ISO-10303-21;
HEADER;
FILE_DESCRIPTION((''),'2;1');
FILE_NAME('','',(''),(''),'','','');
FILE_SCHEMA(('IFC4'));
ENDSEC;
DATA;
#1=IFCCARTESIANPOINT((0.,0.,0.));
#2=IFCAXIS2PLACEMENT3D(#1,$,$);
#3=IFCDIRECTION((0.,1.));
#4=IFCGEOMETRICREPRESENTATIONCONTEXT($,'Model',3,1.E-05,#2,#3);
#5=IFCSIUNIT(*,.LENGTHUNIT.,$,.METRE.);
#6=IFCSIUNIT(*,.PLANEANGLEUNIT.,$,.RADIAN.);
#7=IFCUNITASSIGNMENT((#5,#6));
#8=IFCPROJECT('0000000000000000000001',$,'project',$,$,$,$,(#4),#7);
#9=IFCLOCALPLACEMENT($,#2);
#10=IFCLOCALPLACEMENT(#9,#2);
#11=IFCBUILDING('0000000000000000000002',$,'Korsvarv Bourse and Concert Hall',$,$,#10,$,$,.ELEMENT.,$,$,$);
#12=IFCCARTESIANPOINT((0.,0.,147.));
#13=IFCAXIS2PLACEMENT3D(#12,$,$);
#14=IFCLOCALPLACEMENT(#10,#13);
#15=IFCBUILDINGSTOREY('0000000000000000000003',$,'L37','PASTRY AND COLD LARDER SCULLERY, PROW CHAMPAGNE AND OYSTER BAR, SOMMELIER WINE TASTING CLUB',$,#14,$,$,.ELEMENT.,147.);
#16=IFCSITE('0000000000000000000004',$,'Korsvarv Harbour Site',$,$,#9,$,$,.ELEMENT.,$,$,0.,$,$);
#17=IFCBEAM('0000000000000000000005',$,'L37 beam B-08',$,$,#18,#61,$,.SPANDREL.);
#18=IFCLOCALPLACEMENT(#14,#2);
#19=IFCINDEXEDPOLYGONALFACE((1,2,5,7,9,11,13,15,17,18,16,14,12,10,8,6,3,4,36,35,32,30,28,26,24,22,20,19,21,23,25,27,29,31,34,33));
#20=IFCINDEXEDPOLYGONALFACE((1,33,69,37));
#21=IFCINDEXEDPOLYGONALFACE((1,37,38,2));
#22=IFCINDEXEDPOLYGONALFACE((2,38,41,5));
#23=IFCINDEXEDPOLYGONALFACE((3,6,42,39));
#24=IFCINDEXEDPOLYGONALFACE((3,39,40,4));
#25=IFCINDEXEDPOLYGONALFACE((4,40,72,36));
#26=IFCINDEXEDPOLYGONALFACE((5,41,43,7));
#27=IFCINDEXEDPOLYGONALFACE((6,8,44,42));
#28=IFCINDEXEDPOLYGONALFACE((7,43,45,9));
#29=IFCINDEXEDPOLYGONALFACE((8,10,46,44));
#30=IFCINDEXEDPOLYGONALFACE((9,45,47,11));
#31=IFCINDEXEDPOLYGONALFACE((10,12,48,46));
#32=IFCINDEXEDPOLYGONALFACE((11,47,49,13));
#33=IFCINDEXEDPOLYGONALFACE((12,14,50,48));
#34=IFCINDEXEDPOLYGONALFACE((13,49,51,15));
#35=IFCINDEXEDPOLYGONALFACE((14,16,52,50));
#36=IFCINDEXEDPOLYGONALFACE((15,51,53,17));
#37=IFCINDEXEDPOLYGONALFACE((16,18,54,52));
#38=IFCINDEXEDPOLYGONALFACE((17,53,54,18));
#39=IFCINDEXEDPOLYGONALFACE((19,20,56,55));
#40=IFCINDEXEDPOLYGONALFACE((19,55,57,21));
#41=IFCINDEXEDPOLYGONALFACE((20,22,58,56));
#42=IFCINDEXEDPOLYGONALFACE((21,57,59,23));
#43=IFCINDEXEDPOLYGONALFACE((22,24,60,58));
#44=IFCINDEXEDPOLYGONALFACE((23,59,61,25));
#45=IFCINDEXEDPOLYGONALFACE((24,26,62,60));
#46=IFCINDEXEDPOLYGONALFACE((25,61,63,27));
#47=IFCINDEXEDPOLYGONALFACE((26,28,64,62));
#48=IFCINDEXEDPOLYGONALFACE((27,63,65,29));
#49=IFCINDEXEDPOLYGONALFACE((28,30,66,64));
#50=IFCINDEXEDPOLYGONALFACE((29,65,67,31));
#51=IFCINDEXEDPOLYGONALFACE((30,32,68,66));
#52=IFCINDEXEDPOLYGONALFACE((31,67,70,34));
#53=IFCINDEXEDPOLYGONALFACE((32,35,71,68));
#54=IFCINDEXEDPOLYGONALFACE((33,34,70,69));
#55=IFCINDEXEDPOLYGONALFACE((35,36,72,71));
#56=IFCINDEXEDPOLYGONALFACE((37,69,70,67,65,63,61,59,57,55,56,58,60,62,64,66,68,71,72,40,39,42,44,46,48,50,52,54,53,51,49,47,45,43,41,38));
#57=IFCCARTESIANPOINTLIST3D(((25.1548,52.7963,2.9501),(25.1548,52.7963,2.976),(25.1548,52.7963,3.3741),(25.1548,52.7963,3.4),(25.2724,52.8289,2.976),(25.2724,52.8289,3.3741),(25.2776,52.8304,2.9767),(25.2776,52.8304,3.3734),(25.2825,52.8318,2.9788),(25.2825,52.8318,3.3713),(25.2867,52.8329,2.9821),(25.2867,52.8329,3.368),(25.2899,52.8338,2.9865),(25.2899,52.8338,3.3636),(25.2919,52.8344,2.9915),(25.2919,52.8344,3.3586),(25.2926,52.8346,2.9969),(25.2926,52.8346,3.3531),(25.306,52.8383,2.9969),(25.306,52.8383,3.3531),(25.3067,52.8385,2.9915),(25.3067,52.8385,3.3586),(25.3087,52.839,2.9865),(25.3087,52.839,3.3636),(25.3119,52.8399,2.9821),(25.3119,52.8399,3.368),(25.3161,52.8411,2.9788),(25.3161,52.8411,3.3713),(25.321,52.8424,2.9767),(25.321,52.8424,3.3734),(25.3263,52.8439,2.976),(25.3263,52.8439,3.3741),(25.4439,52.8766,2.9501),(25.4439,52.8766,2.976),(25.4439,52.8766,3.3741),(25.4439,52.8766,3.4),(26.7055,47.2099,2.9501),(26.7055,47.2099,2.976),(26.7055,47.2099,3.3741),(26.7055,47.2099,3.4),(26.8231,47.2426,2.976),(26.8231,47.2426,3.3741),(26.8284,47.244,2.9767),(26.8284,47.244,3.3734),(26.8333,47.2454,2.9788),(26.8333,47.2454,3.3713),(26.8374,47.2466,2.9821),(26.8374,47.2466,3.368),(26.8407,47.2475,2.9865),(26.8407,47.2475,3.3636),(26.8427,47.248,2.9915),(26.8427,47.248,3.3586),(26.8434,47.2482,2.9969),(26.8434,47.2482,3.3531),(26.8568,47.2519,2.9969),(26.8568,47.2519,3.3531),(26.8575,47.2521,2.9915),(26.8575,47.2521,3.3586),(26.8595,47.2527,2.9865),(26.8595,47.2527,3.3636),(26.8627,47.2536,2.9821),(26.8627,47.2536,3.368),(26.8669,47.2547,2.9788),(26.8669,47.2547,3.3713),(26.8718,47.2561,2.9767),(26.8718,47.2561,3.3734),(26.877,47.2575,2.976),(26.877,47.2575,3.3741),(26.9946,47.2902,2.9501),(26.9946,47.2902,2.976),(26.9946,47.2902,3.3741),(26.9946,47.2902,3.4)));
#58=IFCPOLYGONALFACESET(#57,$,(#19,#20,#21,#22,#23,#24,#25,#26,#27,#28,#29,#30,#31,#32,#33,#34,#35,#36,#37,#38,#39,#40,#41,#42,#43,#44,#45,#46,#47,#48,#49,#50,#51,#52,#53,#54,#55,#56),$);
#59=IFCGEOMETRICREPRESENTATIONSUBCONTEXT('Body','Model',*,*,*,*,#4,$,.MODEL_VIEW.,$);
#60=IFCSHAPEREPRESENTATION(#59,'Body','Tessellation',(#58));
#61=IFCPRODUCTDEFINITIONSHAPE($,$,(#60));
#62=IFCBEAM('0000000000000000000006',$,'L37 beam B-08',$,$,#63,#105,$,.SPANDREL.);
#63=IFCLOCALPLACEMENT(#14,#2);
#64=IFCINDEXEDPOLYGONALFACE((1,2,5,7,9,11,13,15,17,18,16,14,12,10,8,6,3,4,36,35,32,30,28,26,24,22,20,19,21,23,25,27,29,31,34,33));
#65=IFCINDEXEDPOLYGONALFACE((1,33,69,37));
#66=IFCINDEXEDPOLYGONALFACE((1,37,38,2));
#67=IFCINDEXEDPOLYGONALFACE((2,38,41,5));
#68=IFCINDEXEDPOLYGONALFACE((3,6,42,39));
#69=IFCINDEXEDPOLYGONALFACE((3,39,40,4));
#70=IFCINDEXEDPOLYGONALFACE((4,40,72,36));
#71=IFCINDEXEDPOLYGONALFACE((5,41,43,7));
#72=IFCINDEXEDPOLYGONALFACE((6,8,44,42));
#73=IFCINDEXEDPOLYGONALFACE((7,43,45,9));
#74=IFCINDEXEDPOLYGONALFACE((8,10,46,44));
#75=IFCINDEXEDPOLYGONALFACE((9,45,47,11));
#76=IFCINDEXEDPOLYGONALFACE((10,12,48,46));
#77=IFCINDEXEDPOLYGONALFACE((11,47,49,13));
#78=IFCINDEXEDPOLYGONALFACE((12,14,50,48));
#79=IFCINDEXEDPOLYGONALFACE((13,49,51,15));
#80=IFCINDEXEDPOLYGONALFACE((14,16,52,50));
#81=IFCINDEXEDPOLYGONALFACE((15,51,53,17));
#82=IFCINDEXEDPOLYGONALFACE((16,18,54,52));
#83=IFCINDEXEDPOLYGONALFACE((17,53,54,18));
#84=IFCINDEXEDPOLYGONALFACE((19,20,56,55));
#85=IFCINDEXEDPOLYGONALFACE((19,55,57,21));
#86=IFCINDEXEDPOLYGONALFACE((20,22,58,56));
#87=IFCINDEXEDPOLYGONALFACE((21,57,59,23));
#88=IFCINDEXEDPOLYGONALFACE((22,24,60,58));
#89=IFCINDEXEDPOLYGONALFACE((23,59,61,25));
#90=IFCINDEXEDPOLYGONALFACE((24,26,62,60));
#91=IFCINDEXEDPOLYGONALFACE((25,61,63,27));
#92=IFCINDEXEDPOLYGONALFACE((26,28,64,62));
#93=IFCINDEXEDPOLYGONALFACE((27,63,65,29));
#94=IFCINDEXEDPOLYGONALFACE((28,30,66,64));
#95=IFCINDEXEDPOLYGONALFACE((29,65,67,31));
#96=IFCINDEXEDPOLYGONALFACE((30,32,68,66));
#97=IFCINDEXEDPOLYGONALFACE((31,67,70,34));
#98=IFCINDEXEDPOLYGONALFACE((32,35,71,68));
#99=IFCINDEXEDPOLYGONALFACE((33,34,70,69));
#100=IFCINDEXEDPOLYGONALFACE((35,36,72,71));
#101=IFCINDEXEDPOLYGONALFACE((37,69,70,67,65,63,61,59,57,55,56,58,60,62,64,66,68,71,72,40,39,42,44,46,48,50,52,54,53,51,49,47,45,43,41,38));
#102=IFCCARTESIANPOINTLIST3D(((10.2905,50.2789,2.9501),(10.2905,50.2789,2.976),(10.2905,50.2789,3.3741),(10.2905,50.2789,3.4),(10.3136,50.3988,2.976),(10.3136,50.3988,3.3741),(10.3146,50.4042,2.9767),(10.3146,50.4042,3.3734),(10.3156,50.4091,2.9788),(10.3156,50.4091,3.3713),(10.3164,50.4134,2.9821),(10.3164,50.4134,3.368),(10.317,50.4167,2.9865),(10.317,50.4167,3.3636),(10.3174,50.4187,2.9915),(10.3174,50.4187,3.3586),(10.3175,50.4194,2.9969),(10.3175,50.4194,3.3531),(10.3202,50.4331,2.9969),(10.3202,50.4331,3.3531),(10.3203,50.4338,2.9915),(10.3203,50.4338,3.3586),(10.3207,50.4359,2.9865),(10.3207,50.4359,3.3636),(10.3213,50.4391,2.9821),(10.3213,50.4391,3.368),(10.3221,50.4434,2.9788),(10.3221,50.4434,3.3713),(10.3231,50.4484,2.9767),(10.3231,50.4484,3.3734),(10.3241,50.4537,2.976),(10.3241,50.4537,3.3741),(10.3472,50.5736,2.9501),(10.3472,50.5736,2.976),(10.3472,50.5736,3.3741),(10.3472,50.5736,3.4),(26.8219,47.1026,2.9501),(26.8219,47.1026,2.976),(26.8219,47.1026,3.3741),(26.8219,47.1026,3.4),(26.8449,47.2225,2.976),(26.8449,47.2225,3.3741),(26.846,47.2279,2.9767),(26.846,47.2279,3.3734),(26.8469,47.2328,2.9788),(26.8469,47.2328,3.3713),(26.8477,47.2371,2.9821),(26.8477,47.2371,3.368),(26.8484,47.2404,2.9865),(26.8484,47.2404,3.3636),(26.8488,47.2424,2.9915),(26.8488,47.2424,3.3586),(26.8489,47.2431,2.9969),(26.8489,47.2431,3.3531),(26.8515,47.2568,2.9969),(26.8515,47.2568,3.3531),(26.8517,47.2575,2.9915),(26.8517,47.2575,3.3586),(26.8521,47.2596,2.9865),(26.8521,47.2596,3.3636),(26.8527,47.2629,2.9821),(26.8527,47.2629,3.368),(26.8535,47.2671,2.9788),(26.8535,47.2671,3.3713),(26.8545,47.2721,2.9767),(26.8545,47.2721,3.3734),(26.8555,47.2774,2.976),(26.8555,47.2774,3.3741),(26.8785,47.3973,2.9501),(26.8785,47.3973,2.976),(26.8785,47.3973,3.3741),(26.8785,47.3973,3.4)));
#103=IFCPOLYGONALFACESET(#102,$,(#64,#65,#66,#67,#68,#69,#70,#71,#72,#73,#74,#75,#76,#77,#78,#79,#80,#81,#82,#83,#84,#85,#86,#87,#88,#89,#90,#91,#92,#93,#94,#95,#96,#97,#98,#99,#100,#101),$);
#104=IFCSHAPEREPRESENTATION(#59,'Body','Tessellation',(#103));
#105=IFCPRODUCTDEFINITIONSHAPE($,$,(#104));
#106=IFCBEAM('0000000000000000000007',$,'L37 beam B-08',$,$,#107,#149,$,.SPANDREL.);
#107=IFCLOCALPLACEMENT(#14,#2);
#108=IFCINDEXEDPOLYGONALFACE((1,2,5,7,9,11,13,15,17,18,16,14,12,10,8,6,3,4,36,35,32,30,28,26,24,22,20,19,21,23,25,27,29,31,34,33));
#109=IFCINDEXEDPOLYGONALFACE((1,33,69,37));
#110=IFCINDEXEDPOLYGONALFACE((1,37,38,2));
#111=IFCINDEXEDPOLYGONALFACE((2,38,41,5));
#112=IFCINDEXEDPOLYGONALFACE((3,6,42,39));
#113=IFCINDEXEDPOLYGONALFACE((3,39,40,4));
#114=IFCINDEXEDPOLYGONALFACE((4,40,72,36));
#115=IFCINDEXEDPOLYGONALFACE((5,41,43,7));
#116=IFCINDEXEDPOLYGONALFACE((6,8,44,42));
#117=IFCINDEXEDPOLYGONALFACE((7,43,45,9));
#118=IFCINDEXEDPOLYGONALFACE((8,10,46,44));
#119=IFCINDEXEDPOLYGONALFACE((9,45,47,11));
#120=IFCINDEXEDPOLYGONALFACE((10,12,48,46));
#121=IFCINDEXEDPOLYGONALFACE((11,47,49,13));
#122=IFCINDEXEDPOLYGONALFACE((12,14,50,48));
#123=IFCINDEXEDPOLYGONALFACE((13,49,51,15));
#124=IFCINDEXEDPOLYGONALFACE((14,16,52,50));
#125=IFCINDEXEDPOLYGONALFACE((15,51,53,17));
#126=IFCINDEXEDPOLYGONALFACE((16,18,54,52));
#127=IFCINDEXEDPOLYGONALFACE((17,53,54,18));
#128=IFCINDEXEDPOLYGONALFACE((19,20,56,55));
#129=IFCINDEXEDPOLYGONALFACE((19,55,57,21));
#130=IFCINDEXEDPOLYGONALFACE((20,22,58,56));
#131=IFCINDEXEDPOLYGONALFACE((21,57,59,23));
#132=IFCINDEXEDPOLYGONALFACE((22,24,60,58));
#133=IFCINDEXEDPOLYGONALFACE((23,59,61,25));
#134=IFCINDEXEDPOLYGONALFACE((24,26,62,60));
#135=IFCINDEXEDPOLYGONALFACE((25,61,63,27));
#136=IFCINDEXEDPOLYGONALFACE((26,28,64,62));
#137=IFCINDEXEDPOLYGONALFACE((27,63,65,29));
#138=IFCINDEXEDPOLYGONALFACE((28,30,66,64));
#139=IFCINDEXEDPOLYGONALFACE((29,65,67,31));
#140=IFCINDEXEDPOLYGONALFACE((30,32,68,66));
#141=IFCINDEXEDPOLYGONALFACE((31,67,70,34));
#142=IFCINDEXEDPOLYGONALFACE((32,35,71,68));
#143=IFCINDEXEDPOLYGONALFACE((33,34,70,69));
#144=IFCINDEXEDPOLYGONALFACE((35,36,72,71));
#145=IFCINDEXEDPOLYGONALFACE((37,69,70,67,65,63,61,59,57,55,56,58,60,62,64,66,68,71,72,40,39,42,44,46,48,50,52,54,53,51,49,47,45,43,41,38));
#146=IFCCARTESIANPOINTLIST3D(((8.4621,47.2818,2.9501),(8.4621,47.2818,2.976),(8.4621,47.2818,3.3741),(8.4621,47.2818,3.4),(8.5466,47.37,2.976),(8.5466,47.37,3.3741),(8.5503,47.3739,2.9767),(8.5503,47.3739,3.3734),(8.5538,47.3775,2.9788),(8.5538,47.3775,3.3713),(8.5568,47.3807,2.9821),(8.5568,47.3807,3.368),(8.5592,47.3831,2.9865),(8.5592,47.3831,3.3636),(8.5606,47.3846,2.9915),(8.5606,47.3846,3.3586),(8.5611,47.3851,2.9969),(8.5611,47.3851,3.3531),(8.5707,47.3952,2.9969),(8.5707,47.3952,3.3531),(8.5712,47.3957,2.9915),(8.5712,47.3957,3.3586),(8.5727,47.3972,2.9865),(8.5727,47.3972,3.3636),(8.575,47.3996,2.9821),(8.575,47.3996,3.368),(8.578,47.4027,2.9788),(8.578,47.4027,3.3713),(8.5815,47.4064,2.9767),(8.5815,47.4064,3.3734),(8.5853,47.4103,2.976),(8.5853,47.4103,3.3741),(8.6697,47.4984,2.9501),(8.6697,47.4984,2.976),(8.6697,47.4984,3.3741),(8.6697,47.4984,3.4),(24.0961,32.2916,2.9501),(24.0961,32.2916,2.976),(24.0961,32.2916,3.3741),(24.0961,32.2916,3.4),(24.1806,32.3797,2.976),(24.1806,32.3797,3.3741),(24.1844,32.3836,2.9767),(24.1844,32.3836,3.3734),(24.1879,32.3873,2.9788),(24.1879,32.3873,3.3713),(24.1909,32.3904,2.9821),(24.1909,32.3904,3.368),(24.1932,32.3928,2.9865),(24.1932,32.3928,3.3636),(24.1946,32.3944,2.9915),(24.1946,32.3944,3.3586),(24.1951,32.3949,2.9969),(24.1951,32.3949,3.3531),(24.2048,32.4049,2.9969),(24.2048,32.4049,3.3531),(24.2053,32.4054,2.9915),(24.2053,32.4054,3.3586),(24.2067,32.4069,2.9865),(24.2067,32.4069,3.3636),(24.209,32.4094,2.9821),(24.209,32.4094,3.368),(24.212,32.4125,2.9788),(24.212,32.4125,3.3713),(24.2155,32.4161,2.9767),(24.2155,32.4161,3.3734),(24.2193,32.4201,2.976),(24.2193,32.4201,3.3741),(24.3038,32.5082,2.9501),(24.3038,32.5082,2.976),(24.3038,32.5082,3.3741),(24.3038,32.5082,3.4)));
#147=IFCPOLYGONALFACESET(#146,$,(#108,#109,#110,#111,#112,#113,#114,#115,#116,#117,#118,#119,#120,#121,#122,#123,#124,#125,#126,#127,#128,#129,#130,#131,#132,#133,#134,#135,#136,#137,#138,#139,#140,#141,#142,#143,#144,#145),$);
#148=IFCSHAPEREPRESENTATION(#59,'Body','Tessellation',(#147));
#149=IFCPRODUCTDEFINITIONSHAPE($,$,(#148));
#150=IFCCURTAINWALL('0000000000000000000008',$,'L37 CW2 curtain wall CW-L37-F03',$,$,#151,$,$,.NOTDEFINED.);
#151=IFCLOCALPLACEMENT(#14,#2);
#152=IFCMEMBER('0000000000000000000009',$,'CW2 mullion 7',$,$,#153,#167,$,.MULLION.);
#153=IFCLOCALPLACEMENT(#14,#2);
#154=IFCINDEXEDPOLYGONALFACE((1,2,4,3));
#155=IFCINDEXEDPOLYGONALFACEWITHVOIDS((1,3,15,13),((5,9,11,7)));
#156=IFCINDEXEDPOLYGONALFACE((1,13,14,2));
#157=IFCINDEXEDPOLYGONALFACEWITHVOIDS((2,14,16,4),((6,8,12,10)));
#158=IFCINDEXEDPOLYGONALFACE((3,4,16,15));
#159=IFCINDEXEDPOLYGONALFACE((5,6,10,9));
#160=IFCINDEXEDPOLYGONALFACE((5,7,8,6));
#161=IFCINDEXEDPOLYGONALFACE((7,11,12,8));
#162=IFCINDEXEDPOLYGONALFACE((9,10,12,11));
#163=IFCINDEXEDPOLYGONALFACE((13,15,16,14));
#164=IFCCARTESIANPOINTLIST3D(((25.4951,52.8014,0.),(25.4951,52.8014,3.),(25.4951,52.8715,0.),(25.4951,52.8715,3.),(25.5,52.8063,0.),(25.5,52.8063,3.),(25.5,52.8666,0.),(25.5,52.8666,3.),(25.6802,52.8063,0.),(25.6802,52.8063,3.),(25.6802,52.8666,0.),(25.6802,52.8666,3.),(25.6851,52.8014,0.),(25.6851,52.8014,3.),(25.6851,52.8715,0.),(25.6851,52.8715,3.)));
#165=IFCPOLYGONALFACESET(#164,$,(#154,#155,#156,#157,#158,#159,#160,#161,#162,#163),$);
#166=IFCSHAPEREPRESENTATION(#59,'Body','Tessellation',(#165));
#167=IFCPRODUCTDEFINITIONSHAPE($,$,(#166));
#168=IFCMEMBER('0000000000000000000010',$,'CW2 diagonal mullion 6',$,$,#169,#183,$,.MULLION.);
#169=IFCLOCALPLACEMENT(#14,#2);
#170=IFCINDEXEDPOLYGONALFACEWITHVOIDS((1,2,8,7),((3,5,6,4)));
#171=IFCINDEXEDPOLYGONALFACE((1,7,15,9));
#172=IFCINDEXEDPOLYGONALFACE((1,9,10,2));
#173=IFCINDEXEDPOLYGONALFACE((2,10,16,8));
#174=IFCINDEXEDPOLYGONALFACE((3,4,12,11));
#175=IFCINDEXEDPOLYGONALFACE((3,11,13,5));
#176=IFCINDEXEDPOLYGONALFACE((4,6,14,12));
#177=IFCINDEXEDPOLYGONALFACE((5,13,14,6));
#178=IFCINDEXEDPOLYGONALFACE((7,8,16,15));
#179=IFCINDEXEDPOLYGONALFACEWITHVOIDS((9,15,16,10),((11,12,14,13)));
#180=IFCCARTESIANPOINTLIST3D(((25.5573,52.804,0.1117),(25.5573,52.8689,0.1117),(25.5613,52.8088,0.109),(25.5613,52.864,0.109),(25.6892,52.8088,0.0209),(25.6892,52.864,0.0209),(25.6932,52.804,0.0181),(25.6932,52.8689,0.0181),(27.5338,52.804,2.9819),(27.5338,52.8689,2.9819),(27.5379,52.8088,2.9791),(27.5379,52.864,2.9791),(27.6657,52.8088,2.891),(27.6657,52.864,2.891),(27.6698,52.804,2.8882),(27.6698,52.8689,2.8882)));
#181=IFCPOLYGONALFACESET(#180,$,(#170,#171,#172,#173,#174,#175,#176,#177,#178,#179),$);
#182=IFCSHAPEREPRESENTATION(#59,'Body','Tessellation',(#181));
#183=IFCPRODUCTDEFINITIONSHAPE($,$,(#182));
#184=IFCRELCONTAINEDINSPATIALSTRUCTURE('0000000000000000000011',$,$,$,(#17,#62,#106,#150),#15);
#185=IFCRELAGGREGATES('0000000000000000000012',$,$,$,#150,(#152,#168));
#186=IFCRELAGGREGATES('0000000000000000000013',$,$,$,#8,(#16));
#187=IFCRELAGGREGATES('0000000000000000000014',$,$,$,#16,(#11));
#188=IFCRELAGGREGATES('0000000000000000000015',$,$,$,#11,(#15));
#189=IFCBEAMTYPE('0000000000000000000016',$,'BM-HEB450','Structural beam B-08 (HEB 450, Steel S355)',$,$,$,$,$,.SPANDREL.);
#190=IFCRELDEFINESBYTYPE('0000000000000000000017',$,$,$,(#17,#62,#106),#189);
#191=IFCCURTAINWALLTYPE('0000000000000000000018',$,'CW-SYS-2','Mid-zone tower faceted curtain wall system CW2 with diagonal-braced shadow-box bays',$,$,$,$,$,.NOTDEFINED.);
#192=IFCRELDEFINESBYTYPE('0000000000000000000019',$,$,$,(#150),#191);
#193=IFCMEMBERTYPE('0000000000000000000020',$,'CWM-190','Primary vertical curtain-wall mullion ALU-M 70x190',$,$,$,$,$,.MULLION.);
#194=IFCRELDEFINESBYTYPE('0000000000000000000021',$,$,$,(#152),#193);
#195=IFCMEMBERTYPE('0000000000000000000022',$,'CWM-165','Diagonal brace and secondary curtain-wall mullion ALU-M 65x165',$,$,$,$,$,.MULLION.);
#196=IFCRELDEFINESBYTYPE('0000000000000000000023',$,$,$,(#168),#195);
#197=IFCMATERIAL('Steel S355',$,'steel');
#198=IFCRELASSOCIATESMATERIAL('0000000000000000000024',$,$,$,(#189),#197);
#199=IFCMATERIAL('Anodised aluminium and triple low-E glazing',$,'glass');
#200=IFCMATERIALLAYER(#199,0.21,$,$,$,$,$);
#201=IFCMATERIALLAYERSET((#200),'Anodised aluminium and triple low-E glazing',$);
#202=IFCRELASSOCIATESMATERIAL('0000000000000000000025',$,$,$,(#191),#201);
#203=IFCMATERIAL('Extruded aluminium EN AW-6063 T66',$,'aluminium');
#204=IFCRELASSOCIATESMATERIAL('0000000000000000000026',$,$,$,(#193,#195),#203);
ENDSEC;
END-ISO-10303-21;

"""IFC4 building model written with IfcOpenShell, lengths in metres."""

from ifc_helpers import new_model, si_unit, direction, frame, origin, origin_2d, place, context, subcontext, project, spatial, hollow_rectangle, i_section, extrude, source, transform, mapped, material, layer, layer_set, material_profile, profile_set, type_object, element, aggregate, save


model = new_model("IFC4")

# Units and contexts
model_context = context("Model", 3, precision=1e-05, world=origin(), true_north=direction((0.0, 1.0)))
body_context = subcontext(model_context, "Body", "Model", "MODEL_VIEW")
ifc_project = project(units=[si_unit("LENGTHUNIT", "METRE"), si_unit("PLANEANGLEUNIT", "RADIAN")], contexts=[model_context])

# Site, building, storey
site_placement = place(None, origin())
site = spatial("IfcSite", under=ifc_project, at=site_placement, Name="Korsvarv Harbour Site", CompositionType="ELEMENT", RefElevation=0.0)
building_placement = place(site_placement, origin())
building = spatial("IfcBuilding", under=site, at=building_placement, Name="Korsvarv Bourse and Concert Hall", CompositionType="ELEMENT")
storey_placement = place(building_placement, frame((0.0, 0.0, 147.0)))
storey = spatial("IfcBuildingStorey", under=building, at=storey_placement, Name="L37", Description="PASTRY AND COLD LARDER SCULLERY, PROW CHAMPAGNE AND OYSTER BAR, SOMMELIER WINE TASTING CLUB", CompositionType="ELEMENT", Elevation=147.0)

# Shared definitions
ifc_material_1 = material(Name="Steel S355", Category="steel")

# Beams
ifc_material_profile_1 = material_profile(ifc_material_1, i_section(OverallWidth=0.3, OverallDepth=0.45, WebThickness=0.0139, FlangeThickness=0.0259, FilletRadius=0.021, at=origin_2d()), Name="HEB 450")
ifc_profile_set_1 = profile_set([ifc_material_profile_1], Name="Steel S355")
beam_type_1 = type_object("IfcBeamType", Name="BM-HEB450", Description="Structural beam B-08 (HEB 450, Steel S355)", PredefinedType="SPANDREL", material=ifc_profile_set_1)
shared_shape_1 = source(origin(), body_context, "Body", "SweptSolid", [
    extrude(i_section(OverallWidth=0.3, OverallDepth=0.45, WebThickness=0.0139, FlangeThickness=0.0259, FilletRadius=0.021, at=origin_2d()), origin(), (0.0, 0.0, 1.0), 5.7976),
])
beam_1_placement = place(storey_placement, frame((25.2993, 52.8364, 3.175), z_axis=(0.267483, -0.963563, 0.0), x_axis=(0.963563, 0.267483, 0.0)))
element("IfcBeam", 1, at=beam_1_placement, inside=storey, type_object=beam_type_1, Name="L37 beam B-08", PredefinedType="SPANDREL", context=body_context, shape_type="MappedRepresentation", body=[
    mapped(shared_shape_1, transform((0.0, 0.0, 0.0), scale=1.0)),
])
shared_shape_2 = source(origin(), body_context, "Body", "SweptSolid", [
    extrude(i_section(OverallWidth=0.3, OverallDepth=0.45, WebThickness=0.0139, FlangeThickness=0.0259, FilletRadius=0.021, at=origin_2d()), origin(), (0.0, 0.0, 1.0), 16.8337),
])
beam_2_placement = place(storey_placement, frame((10.3188, 50.4263, 3.175), z_axis=(0.982037, -0.188686, 0.0), x_axis=(0.188686, 0.982037, 0.0)))
element("IfcBeam", 2, at=beam_2_placement, inside=storey, type_object=beam_type_1, Name="L37 beam B-08", PredefinedType="SPANDREL", context=body_context, shape_type="MappedRepresentation", body=[
    mapped(shared_shape_2, transform((0.0, 0.0, 0.0), scale=1.0)),
])
shared_shape_3 = source(origin(), body_context, "Body", "SweptSolid", [
    extrude(i_section(OverallWidth=0.3, OverallDepth=0.45, WebThickness=0.0139, FlangeThickness=0.0259, FilletRadius=0.021, at=origin_2d()), origin(), (0.0, 0.0, 1.0), 21.6594),
])
beam_3_placement = place(storey_placement, frame((8.5659, 47.3901, 3.175), z_axis=(0.721812, -0.692089, 0.0), x_axis=(0.692089, 0.721812, 0.0)))
element("IfcBeam", 3, at=beam_3_placement, inside=storey, type_object=beam_type_1, Name="L37 beam B-08", PredefinedType="SPANDREL", context=body_context, shape_type="MappedRepresentation", body=[
    mapped(shared_shape_3, transform((0.0, 0.0, 0.0), scale=1.0)),
])

# Curtain wall, members
ifc_material_2 = material(Name="Anodised aluminium and triple low-E glazing", Category="glass")
ifc_layer_1 = layer(ifc_material_2, 0.21)
ifc_layer_set_1 = layer_set([ifc_layer_1], Name="Anodised aluminium and triple low-E glazing")
curtain_wall_type = type_object("IfcCurtainWallType", Name="CW-SYS-2", Description="Mid-zone tower faceted curtain wall system CW2 with diagonal-braced shadow-box bays", PredefinedType="NOTDEFINED", material=ifc_layer_set_1)
curtain_wall_placement = place(storey_placement, origin())
curtain_wall = element("IfcCurtainWall", 4, at=curtain_wall_placement, inside=storey, type_object=curtain_wall_type, Name="L37 CW2 curtain wall CW-L37-F03", PredefinedType="NOTDEFINED")
ifc_material_3 = material(Name="Extruded aluminium EN AW-6063 T66", Category="aluminium")
ifc_material_profile_2 = material_profile(ifc_material_3, hollow_rectangle(XDim=0.0701, YDim=0.1899, WallThickness=0.0049, at=origin_2d()), Name="ALU-M 70x190")
ifc_profile_set_2 = profile_set([ifc_material_profile_2], Name="Extruded aluminium EN AW-6063 T66")
member_type_1 = type_object("IfcMemberType", Name="CWM-190", Description="Primary vertical curtain-wall mullion ALU-M 70x190", PredefinedType="MULLION", material=ifc_profile_set_2)
shared_shape_4 = source(origin(), body_context, "Body", "SweptSolid", [
    extrude(hollow_rectangle(XDim=0.0701, YDim=0.1899, WallThickness=0.0049, at=origin_2d()), origin(), (0.0, 0.0, 1.0), 3.0),
])
member_1_placement = place(storey_placement, frame((25.5901, 52.8364, 0.0), z_axis=(0.0, 0.0, 1.0), x_axis=(0.0, -1.0, 0.0)))
member_1 = element("IfcMember", 5, at=member_1_placement, type_object=member_type_1, Name="CW2 mullion 7", PredefinedType="MULLION", context=body_context, shape_type="MappedRepresentation", body=[
    mapped(shared_shape_4, transform((0.0, 0.0, 0.0), scale=1.0)),
])
ifc_material_profile_3 = material_profile(ifc_material_3, hollow_rectangle(XDim=0.0649, YDim=0.165, WallThickness=0.0049, at=origin_2d()), Name="ALU-M 65x165")
ifc_profile_set_3 = profile_set([ifc_material_profile_3], Name="Extruded aluminium EN AW-6063 T66")
member_type_2 = type_object("IfcMemberType", Name="CWM-165", Description="Diagonal brace and secondary curtain-wall mullion ALU-M 65x165", PredefinedType="MULLION", material=ifc_profile_set_3)
shared_shape_5 = source(origin(), body_context, "Body", "SweptSolid", [
    extrude(hollow_rectangle(XDim=0.0649, YDim=0.165, WallThickness=0.0049, at=origin_2d()), origin(), (0.0, 0.0, 1.0), 3.4849),
])
member_2_placement = place(storey_placement, frame((25.6252, 52.8364, 0.0649), z_axis=(0.567183, 0.0, 0.823592), x_axis=(0.0, 1.0, 0.0)))
member_2 = element("IfcMember", 6, at=member_2_placement, type_object=member_type_2, Name="CW2 diagonal mullion 6", PredefinedType="MULLION", context=body_context, shape_type="MappedRepresentation", body=[
    mapped(shared_shape_5, transform((0.0, 0.0, 0.0), scale=1.0)),
])
aggregate(curtain_wall, [member_1, member_2])

save(model, "model.ifc")
